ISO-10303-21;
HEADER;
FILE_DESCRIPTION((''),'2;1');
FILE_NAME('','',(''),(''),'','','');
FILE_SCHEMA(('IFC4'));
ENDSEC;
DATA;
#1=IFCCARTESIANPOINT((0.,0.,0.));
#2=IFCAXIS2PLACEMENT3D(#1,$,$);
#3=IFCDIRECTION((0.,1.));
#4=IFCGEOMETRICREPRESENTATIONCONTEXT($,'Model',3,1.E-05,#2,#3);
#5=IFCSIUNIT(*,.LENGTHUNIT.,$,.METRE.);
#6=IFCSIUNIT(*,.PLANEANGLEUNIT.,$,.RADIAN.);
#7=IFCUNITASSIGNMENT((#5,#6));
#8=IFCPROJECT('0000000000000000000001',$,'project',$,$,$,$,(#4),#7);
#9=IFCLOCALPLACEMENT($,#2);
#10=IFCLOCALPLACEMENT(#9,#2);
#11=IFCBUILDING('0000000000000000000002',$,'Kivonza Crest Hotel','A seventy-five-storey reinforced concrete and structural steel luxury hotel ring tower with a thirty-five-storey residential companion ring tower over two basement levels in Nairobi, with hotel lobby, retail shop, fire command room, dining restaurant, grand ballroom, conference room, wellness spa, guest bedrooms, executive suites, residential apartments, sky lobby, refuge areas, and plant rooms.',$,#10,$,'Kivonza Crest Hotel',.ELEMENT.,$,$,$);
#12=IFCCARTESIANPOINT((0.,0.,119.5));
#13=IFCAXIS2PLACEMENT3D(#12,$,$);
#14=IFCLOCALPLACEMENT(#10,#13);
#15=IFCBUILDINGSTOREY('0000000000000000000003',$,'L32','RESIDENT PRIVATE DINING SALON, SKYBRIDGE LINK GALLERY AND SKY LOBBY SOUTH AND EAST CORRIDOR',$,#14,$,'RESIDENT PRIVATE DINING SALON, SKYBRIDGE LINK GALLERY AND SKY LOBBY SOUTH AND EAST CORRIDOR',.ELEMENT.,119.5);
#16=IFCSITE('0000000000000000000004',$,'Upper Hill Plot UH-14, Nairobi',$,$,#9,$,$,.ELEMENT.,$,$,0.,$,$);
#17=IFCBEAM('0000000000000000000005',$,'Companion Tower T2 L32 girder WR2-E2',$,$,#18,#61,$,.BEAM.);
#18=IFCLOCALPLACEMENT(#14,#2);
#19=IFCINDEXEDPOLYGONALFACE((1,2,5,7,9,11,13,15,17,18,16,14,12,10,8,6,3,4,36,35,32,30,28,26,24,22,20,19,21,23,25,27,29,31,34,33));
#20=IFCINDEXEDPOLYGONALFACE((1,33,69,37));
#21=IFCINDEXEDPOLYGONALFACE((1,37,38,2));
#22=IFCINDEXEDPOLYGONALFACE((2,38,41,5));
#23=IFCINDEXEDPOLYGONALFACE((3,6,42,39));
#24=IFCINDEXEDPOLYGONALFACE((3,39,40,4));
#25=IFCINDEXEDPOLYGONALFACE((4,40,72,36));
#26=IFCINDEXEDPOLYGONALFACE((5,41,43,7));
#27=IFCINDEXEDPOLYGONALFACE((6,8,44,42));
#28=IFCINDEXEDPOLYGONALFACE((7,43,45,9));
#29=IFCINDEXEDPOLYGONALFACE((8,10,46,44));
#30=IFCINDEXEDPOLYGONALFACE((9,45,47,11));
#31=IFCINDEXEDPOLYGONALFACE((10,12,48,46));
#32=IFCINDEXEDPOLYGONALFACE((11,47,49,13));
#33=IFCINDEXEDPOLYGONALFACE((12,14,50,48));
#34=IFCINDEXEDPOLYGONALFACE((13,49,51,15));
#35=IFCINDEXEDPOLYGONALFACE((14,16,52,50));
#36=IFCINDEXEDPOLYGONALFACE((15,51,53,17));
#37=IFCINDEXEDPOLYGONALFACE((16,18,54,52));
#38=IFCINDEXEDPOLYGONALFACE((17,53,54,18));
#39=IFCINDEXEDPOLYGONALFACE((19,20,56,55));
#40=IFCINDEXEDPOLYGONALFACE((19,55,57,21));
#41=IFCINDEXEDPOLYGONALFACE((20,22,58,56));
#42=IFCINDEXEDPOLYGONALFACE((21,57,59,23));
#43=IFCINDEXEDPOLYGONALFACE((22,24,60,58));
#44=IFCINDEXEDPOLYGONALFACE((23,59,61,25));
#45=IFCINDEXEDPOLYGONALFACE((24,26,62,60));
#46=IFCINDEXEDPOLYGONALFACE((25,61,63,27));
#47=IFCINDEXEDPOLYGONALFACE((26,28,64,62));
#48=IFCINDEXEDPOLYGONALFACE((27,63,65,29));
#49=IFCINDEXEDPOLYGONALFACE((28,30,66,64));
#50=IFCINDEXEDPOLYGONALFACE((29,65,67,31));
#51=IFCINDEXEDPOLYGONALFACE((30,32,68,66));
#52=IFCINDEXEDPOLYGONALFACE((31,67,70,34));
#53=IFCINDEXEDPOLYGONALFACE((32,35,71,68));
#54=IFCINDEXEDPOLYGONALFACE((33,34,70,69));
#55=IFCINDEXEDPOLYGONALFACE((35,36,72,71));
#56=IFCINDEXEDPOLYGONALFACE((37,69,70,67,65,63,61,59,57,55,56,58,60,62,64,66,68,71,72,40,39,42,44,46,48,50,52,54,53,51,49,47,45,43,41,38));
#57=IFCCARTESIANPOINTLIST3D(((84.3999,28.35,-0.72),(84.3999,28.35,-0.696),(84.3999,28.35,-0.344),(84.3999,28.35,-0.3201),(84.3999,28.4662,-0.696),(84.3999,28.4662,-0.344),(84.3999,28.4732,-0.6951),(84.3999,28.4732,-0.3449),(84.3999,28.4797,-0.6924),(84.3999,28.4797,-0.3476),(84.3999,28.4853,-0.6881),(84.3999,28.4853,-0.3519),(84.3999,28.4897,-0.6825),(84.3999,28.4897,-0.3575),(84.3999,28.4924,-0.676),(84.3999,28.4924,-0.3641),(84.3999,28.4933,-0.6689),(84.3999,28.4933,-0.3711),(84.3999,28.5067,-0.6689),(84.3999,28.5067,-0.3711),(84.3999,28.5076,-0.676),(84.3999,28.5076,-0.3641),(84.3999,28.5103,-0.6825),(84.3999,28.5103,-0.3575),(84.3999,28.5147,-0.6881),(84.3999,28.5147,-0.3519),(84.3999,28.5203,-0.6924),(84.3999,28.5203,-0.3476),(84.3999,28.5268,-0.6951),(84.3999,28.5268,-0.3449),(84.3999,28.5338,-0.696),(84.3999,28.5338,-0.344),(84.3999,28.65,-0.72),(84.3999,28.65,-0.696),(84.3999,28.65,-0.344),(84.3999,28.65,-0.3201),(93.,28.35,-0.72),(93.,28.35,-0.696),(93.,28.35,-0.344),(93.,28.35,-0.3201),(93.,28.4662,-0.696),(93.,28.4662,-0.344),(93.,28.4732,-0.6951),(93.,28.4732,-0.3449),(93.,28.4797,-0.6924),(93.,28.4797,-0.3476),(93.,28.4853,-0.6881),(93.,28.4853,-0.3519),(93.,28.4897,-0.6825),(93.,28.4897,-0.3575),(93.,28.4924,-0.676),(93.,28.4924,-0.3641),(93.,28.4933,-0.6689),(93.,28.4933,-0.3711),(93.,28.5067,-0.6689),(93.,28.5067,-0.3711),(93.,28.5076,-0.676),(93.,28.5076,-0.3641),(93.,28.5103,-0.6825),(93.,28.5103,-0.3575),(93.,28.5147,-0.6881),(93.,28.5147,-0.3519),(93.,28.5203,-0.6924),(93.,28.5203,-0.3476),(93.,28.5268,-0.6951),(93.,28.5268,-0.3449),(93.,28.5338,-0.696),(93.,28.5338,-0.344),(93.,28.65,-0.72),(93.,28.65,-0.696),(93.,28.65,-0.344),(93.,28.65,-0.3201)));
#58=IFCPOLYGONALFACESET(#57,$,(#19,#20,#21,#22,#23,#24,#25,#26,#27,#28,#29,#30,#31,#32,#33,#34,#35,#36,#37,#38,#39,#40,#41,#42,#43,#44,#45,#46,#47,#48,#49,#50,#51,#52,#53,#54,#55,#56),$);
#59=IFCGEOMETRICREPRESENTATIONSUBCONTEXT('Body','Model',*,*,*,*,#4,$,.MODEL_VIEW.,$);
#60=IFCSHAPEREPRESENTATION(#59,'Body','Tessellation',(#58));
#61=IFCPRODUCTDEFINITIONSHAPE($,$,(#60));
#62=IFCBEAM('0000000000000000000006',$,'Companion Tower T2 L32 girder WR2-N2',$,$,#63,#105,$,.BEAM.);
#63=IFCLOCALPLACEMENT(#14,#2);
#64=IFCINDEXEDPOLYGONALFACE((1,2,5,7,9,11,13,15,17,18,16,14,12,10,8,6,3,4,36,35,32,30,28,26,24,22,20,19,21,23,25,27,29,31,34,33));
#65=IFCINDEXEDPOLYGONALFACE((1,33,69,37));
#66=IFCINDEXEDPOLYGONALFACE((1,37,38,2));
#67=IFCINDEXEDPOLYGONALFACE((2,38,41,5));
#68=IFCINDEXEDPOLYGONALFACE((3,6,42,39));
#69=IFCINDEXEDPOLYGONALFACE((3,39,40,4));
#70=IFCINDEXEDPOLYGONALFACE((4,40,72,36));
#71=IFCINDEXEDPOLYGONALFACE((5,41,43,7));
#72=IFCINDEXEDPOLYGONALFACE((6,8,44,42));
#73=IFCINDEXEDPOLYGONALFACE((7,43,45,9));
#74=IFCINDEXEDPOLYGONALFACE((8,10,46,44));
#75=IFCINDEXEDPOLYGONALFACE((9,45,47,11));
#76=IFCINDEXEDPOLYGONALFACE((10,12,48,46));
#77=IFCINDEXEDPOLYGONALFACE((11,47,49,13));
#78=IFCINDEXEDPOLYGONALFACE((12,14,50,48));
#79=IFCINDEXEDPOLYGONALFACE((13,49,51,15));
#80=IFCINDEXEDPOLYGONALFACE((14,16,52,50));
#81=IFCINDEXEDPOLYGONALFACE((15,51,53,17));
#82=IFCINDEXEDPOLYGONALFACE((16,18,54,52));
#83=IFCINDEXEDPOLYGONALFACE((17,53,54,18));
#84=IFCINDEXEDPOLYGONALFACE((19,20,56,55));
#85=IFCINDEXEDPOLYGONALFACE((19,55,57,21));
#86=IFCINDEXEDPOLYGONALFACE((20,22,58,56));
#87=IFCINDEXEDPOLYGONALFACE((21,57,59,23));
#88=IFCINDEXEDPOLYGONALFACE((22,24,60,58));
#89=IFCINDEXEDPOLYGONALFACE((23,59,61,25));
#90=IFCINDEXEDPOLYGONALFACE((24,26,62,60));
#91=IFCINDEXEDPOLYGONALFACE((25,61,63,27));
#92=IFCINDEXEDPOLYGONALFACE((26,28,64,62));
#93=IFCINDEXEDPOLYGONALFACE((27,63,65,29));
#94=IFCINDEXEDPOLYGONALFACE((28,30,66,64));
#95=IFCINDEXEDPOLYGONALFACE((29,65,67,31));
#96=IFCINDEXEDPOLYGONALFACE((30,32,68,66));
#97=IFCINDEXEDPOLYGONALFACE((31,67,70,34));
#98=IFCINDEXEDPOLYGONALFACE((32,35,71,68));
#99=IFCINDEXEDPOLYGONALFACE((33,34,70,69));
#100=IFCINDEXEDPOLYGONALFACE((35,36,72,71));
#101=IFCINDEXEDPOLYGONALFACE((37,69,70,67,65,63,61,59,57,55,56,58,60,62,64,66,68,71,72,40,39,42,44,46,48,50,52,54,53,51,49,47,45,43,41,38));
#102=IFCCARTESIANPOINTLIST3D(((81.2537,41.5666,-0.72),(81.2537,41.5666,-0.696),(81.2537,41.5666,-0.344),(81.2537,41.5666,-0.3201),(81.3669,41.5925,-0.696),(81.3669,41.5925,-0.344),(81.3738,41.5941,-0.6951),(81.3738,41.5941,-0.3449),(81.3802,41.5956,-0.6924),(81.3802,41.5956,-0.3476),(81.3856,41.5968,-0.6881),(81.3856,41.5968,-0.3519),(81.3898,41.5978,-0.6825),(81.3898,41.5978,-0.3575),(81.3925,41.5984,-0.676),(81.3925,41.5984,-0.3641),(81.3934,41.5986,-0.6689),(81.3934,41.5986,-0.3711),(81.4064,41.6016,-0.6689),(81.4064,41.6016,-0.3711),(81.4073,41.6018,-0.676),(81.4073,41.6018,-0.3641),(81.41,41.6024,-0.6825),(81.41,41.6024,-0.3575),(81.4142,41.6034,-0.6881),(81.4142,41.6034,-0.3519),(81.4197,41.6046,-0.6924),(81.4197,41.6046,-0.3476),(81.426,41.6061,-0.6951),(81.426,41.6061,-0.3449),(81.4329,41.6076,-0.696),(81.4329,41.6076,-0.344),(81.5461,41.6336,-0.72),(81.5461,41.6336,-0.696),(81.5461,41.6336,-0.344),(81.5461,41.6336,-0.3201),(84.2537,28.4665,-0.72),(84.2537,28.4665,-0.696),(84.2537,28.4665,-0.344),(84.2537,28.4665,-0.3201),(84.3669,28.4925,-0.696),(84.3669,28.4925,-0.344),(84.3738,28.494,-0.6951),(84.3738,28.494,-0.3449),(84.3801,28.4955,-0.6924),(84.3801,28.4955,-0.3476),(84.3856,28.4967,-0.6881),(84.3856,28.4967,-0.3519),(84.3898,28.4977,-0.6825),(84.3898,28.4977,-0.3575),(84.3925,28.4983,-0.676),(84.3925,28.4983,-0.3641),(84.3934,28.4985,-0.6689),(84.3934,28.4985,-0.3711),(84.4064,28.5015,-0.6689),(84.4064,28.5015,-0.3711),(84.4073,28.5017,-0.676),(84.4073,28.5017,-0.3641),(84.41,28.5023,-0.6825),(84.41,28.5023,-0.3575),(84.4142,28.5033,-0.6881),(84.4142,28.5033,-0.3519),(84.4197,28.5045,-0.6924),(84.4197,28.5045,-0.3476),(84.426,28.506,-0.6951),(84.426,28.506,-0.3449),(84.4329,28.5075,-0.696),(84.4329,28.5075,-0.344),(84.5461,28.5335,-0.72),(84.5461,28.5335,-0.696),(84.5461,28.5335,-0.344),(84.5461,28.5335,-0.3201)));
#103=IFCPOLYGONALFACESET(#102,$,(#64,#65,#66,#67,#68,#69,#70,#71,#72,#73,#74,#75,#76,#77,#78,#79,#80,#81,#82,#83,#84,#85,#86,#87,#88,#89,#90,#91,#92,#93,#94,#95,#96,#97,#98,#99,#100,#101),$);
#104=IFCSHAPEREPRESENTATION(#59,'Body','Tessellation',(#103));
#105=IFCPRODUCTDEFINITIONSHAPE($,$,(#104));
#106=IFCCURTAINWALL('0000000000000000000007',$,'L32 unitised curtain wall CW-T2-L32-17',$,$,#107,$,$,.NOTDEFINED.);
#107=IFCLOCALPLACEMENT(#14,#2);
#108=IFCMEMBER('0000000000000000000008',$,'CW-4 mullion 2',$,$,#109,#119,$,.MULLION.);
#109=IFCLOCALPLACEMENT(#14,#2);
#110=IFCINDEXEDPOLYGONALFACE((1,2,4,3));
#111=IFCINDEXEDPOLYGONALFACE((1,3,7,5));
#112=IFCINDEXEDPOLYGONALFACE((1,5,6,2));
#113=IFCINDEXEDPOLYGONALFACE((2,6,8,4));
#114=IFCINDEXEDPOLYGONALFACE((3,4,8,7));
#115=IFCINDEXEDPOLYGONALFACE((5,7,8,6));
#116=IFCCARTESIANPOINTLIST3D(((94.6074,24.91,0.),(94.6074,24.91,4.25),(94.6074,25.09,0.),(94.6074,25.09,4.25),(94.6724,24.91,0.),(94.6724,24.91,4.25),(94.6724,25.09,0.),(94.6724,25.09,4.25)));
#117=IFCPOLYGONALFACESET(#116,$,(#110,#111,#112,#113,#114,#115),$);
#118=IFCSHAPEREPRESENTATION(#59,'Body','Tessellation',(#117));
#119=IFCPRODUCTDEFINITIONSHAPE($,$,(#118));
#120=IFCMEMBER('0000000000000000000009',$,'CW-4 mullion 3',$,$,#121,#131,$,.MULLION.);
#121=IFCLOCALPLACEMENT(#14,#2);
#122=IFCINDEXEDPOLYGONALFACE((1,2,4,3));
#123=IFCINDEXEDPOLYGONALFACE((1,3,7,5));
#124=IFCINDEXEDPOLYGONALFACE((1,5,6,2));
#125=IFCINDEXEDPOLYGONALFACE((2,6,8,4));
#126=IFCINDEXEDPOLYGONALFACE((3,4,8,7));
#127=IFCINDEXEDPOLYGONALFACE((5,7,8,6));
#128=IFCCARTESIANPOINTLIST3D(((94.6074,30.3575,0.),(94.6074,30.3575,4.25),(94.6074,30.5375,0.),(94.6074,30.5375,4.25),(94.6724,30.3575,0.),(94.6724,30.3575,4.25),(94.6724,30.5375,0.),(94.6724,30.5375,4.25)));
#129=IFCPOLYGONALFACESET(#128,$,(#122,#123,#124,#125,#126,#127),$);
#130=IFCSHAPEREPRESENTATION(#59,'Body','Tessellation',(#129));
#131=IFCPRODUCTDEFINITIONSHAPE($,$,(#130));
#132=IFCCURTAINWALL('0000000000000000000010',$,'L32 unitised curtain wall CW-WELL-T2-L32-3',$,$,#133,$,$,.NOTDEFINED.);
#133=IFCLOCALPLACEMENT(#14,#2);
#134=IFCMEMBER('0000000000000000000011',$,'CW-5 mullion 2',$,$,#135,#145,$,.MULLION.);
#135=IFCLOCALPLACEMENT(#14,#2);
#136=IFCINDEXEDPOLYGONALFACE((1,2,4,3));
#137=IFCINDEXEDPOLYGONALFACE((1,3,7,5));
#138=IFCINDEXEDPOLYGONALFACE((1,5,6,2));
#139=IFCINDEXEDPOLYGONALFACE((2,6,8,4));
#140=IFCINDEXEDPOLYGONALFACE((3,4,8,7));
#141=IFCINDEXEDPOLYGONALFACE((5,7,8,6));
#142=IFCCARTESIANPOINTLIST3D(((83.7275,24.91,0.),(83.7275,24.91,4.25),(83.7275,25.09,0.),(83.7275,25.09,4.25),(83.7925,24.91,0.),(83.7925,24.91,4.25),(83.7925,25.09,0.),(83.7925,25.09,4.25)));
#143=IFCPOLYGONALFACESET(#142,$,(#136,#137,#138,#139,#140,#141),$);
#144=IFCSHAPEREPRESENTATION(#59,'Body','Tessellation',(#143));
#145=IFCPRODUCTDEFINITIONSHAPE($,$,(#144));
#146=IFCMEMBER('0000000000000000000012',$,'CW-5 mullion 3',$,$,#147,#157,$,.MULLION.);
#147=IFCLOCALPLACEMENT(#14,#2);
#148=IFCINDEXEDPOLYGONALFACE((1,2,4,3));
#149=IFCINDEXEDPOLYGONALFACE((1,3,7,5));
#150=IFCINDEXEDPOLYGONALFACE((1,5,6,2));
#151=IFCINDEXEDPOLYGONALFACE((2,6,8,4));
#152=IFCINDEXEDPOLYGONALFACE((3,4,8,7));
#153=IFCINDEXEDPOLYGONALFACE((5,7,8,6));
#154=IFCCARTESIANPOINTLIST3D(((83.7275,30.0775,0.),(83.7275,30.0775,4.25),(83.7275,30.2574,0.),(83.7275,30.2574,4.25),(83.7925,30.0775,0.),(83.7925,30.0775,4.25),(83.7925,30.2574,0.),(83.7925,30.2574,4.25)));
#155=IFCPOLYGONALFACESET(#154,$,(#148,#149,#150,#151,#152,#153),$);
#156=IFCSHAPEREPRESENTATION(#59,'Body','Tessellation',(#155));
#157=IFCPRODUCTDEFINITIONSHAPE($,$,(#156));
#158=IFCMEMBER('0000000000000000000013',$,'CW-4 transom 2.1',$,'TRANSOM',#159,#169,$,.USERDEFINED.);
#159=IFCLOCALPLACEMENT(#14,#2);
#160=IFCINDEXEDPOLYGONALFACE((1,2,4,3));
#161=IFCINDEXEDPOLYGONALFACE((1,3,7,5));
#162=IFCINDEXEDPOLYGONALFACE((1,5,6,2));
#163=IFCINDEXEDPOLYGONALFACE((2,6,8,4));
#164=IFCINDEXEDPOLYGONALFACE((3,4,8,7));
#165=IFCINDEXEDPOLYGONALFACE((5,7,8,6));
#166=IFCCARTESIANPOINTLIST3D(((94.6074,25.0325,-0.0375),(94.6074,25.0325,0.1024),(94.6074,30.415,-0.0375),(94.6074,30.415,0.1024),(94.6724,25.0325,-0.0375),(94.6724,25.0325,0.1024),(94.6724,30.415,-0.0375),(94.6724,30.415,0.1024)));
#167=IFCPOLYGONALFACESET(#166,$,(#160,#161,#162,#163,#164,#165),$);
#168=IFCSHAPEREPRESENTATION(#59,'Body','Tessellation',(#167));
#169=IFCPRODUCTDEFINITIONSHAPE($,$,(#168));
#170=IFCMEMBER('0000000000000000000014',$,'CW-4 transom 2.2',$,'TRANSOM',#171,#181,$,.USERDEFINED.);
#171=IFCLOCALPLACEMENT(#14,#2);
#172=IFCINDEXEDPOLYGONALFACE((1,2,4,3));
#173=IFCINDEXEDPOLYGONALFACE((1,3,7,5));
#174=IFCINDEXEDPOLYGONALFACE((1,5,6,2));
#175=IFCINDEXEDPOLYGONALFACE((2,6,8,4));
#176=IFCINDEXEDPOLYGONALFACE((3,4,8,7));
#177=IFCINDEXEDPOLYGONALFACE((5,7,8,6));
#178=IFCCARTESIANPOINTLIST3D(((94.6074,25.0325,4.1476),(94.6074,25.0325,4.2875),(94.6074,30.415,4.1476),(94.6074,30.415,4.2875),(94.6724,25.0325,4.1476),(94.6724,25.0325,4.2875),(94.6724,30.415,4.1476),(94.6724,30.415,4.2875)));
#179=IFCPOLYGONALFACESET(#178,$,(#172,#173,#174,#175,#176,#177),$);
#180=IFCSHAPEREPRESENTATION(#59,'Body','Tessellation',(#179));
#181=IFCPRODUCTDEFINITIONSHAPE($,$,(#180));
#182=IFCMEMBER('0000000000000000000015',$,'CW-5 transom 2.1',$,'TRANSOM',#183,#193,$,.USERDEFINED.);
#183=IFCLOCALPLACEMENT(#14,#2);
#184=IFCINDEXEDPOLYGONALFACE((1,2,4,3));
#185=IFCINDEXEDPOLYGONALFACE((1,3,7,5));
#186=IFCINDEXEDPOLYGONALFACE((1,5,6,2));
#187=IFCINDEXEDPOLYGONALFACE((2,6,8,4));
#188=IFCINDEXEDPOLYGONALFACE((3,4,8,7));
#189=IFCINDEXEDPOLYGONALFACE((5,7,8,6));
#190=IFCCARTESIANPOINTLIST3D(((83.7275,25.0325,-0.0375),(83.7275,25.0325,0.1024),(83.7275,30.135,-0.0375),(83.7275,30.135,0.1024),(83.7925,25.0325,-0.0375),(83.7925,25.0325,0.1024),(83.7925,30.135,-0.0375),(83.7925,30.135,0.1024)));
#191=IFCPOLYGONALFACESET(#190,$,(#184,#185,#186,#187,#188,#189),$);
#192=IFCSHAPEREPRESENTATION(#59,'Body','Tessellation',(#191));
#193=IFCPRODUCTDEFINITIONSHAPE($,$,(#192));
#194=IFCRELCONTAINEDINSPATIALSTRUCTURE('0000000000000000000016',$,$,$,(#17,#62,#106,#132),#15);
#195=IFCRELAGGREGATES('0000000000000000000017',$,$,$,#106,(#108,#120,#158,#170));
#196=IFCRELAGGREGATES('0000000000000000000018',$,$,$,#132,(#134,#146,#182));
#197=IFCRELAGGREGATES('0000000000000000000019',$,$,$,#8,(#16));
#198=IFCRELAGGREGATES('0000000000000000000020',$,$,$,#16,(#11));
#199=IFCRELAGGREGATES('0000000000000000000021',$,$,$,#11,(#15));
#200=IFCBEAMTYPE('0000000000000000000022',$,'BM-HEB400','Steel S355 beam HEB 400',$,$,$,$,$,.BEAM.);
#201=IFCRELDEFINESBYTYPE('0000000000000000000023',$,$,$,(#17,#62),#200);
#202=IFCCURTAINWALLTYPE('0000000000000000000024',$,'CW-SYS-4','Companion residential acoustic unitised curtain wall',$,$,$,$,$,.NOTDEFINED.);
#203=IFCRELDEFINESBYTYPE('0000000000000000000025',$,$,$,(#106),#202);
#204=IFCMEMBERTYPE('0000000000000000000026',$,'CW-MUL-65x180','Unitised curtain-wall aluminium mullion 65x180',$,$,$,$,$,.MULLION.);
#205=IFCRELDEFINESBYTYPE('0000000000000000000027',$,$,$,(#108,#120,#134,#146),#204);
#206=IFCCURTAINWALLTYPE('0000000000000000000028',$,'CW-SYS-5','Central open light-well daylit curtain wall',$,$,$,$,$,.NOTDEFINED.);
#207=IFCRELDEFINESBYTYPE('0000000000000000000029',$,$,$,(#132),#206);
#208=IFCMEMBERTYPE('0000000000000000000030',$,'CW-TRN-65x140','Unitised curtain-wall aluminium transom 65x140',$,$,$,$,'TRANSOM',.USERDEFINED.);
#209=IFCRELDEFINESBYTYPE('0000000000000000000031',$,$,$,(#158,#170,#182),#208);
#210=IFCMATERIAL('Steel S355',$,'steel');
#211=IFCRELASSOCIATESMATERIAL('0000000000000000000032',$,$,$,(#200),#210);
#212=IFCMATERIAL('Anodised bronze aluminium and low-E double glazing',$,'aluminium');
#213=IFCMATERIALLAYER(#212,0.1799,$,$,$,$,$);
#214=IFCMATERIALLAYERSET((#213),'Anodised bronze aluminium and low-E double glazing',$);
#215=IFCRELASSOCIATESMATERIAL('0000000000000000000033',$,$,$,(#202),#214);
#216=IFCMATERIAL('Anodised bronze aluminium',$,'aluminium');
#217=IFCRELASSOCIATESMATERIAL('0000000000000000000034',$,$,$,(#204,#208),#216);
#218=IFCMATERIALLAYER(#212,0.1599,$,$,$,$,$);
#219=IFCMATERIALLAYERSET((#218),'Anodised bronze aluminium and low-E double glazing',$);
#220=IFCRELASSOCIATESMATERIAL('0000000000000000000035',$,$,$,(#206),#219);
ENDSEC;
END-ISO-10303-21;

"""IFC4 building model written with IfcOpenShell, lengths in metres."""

from ifc_helpers import new_model, si_unit, direction, frame, origin, origin_2d, place, context, subcontext, project, spatial, rectangle, i_section, extrude, material, layer, layer_set, material_profile, profile_set, type_object, element, aggregate, save


model = new_model("IFC4")

# Units and contexts
model_context = context("Model", 3, precision=1e-05, world=origin(), true_north=direction((0.0, 1.0)))
body_context = subcontext(model_context, "Body", "Model", "MODEL_VIEW")
ifc_project = project(units=[si_unit("LENGTHUNIT", "METRE"), si_unit("PLANEANGLEUNIT", "RADIAN")], contexts=[model_context])

# Site, building, storey
site_placement = place(None, origin())
site = spatial("IfcSite", under=ifc_project, at=site_placement, Name="Upper Hill Plot UH-14, Nairobi", CompositionType="ELEMENT", RefElevation=0.0)
building_placement = place(site_placement, origin())
building = spatial("IfcBuilding", under=site, at=building_placement, Name="Kivonza Crest Hotel", Description="A seventy-five-storey reinforced concrete and structural steel luxury hotel ring tower with a thirty-five-storey residential companion ring tower over two basement levels in Nairobi, with hotel lobby, retail shop, fire command room, dining restaurant, grand ballroom, conference room, wellness spa, guest bedrooms, executive suites, residential apartments, sky lobby, refuge areas, and plant rooms.", LongName="Kivonza Crest Hotel", CompositionType="ELEMENT")
storey_placement = place(building_placement, frame((0.0, 0.0, 119.5)))
storey = spatial("IfcBuildingStorey", under=building, at=storey_placement, Name="L32", Description="RESIDENT PRIVATE DINING SALON, SKYBRIDGE LINK GALLERY AND SKY LOBBY SOUTH AND EAST CORRIDOR", LongName="RESIDENT PRIVATE DINING SALON, SKYBRIDGE LINK GALLERY AND SKY LOBBY SOUTH AND EAST CORRIDOR", CompositionType="ELEMENT", Elevation=119.5)

# Shared definitions
ifc_material_1 = material(Name="Steel S355", Category="steel")

# Beams
ifc_material_profile_1 = material_profile(ifc_material_1, i_section(OverallWidth=0.3, OverallDepth=0.3999, WebThickness=0.0134, FlangeThickness=0.0239, FilletRadius=0.0271, at=origin_2d()), Name="HEB 400")
ifc_profile_set_1 = profile_set([ifc_material_profile_1], Name="Steel S355")
beam_type_1 = type_object("IfcBeamType", Name="BM-HEB400", Description="Steel S355 beam HEB 400", PredefinedType="BEAM", material=ifc_profile_set_1)
beam_1_placement = place(storey_placement, frame((84.3999, 28.5, -0.52), z_axis=(1.0, 0.0, 0.0), x_axis=(0.0, 1.0, 0.0)))
element("IfcBeam", 1, at=beam_1_placement, inside=storey, type_object=beam_type_1, Name="Companion Tower T2 L32 girder WR2-E2", PredefinedType="BEAM", context=body_context, shape_type="SweptSolid", body=[
    extrude(i_section(OverallWidth=0.3, OverallDepth=0.3999, WebThickness=0.0134, FlangeThickness=0.0239, FilletRadius=0.0271, at=origin_2d()), origin(), (0.0, 0.0, 1.0), 8.6001),
])
beam_2_placement = place(storey_placement, frame((84.3999, 28.5, -0.52), z_axis=(-0.223227, 0.974766, 0.0), x_axis=(-0.974766, -0.223227, 0.0)))
element("IfcBeam", 2, at=beam_2_placement, inside=storey, type_object=beam_type_1, Name="Companion Tower T2 L32 girder WR2-N2", PredefinedType="BEAM", context=body_context, shape_type="SweptSolid", body=[
    extrude(i_section(OverallWidth=0.3, OverallDepth=0.3999, WebThickness=0.0134, FlangeThickness=0.0239, FilletRadius=0.0271, at=origin_2d()), origin(), (0.0, 0.0, 1.0), 13.4392),
])

# Curtain walls, members
ifc_material_2 = material(Name="Anodised bronze aluminium and low-E double glazing", Category="aluminium")
ifc_layer_1 = layer(ifc_material_2, 0.1799)
ifc_layer_set_1 = layer_set([ifc_layer_1], Name="Anodised bronze aluminium and low-E double glazing")
curtain_wall_type_1 = type_object("IfcCurtainWallType", Name="CW-SYS-4", Description="Companion residential acoustic unitised curtain wall", PredefinedType="NOTDEFINED", material=ifc_layer_set_1)
curtain_wall_1_placement = place(storey_placement, origin())
curtain_wall_1 = element("IfcCurtainWall", 3, at=curtain_wall_1_placement, inside=storey, type_object=curtain_wall_type_1, Name="L32 unitised curtain wall CW-T2-L32-17", PredefinedType="NOTDEFINED")
ifc_material_3 = material(Name="Anodised bronze aluminium", Category="aluminium")
ifc_material_profile_2 = material_profile(ifc_material_3, rectangle(XDim=0.0649, YDim=0.1799, at=origin_2d()), Name="CW-M 65x180")
ifc_profile_set_2 = profile_set([ifc_material_profile_2], Name="Anodised bronze aluminium")
member_type_1 = type_object("IfcMemberType", Name="CW-MUL-65x180", Description="Unitised curtain-wall aluminium mullion 65x180", PredefinedType="MULLION", material=ifc_profile_set_2)
member_1_placement = place(storey_placement, frame((94.6399, 25.0, 0.0), z_axis=(0.0, 0.0, 1.0), x_axis=(-1.0, 0.0, 0.0)))
member_1 = element("IfcMember", 4, at=member_1_placement, type_object=member_type_1, Name="CW-4 mullion 2", PredefinedType="MULLION", context=body_context, shape_type="SweptSolid", body=[
    extrude(rectangle(XDim=0.0649, YDim=0.1799, at=origin_2d()), origin(), (0.0, 0.0, 1.0), 4.25),
])
member_2_placement = place(storey_placement, frame((94.6399, 30.4475, 0.0), z_axis=(0.0, 0.0, 1.0), x_axis=(-1.0, 0.0, 0.0)))
member_2 = element("IfcMember", 5, at=member_2_placement, type_object=member_type_1, Name="CW-4 mullion 3", PredefinedType="MULLION", context=body_context, shape_type="SweptSolid", body=[
    extrude(rectangle(XDim=0.0649, YDim=0.1799, at=origin_2d()), origin(), (0.0, 0.0, 1.0), 4.25),
])
ifc_layer_2 = layer(ifc_material_2, 0.1599)
ifc_layer_set_2 = layer_set([ifc_layer_2], Name="Anodised bronze aluminium and low-E double glazing")
curtain_wall_type_2 = type_object("IfcCurtainWallType", Name="CW-SYS-5", Description="Central open light-well daylit curtain wall", PredefinedType="NOTDEFINED", material=ifc_layer_set_2)
curtain_wall_2_placement = place(storey_placement, origin())
curtain_wall_2 = element("IfcCurtainWall", 6, at=curtain_wall_2_placement, inside=storey, type_object=curtain_wall_type_2, Name="L32 unitised curtain wall CW-WELL-T2-L32-3", PredefinedType="NOTDEFINED")
member_3_placement = place(storey_placement, frame((83.76, 25.0, 0.0), z_axis=(0.0, 0.0, 1.0), x_axis=(-1.0, 0.0, 0.0)))
member_3 = element("IfcMember", 7, at=member_3_placement, type_object=member_type_1, Name="CW-5 mullion 2", PredefinedType="MULLION", context=body_context, shape_type="SweptSolid", body=[
    extrude(rectangle(XDim=0.0649, YDim=0.1799, at=origin_2d()), origin(), (0.0, 0.0, 1.0), 4.25),
])
member_4_placement = place(storey_placement, frame((83.76, 30.1675, 0.0), z_axis=(0.0, 0.0, 1.0), x_axis=(-1.0, 0.0, 0.0)))
member_4 = element("IfcMember", 8, at=member_4_placement, type_object=member_type_1, Name="CW-5 mullion 3", PredefinedType="MULLION", context=body_context, shape_type="SweptSolid", body=[
    extrude(rectangle(XDim=0.0649, YDim=0.1799, at=origin_2d()), origin(), (0.0, 0.0, 1.0), 4.25),
])

# Members
ifc_material_profile_3 = material_profile(ifc_material_3, rectangle(XDim=0.0649, YDim=0.1399, at=origin_2d()), Name="CW-T 65x140")
ifc_profile_set_3 = profile_set([ifc_material_profile_3], Name="Anodised bronze aluminium")
member_type_2 = type_object("IfcMemberType", Name="CW-TRN-65x140", Description="Unitised curtain-wall aluminium transom 65x140", ElementType="TRANSOM", PredefinedType="USERDEFINED", material=ifc_profile_set_3)
member_5_placement = place(storey_placement, frame((94.6399, 25.0325, 0.0325), z_axis=(0.0, 1.0, 0.0), x_axis=(-1.0, 0.0, 0.0)))
member_5 = element("IfcMember", 9, at=member_5_placement, type_object=member_type_2, Name="CW-4 transom 2.1", ObjectType="TRANSOM", PredefinedType="USERDEFINED", context=body_context, shape_type="SweptSolid", body=[
    extrude(rectangle(XDim=0.0649, YDim=0.1399, at=origin_2d()), origin(), (0.0, 0.0, 1.0), 5.3826),
])
member_6_placement = place(storey_placement, frame((94.6399, 25.0325, 4.2175), z_axis=(0.0, 1.0, 0.0), x_axis=(-1.0, 0.0, 0.0)))
member_6 = element("IfcMember", 10, at=member_6_placement, type_object=member_type_2, Name="CW-4 transom 2.2", ObjectType="TRANSOM", PredefinedType="USERDEFINED", context=body_context, shape_type="SweptSolid", body=[
    extrude(rectangle(XDim=0.0649, YDim=0.1399, at=origin_2d()), origin(), (0.0, 0.0, 1.0), 5.3826),
])
member_7_placement = place(storey_placement, frame((83.76, 25.0325, 0.0325), z_axis=(0.0, 1.0, 0.0), x_axis=(-1.0, 0.0, 0.0)))
member_7 = element("IfcMember", 11, at=member_7_placement, type_object=member_type_2, Name="CW-5 transom 2.1", ObjectType="TRANSOM", PredefinedType="USERDEFINED", context=body_context, shape_type="SweptSolid", body=[
    extrude(rectangle(XDim=0.0649, YDim=0.1399, at=origin_2d()), origin(), (0.0, 0.0, 1.0), 5.1025),
])

aggregate(curtain_wall_1, [member_1, member_2, member_5, member_6])
aggregate(curtain_wall_2, [member_3, member_4, member_7])

save(model, "model.ifc")
